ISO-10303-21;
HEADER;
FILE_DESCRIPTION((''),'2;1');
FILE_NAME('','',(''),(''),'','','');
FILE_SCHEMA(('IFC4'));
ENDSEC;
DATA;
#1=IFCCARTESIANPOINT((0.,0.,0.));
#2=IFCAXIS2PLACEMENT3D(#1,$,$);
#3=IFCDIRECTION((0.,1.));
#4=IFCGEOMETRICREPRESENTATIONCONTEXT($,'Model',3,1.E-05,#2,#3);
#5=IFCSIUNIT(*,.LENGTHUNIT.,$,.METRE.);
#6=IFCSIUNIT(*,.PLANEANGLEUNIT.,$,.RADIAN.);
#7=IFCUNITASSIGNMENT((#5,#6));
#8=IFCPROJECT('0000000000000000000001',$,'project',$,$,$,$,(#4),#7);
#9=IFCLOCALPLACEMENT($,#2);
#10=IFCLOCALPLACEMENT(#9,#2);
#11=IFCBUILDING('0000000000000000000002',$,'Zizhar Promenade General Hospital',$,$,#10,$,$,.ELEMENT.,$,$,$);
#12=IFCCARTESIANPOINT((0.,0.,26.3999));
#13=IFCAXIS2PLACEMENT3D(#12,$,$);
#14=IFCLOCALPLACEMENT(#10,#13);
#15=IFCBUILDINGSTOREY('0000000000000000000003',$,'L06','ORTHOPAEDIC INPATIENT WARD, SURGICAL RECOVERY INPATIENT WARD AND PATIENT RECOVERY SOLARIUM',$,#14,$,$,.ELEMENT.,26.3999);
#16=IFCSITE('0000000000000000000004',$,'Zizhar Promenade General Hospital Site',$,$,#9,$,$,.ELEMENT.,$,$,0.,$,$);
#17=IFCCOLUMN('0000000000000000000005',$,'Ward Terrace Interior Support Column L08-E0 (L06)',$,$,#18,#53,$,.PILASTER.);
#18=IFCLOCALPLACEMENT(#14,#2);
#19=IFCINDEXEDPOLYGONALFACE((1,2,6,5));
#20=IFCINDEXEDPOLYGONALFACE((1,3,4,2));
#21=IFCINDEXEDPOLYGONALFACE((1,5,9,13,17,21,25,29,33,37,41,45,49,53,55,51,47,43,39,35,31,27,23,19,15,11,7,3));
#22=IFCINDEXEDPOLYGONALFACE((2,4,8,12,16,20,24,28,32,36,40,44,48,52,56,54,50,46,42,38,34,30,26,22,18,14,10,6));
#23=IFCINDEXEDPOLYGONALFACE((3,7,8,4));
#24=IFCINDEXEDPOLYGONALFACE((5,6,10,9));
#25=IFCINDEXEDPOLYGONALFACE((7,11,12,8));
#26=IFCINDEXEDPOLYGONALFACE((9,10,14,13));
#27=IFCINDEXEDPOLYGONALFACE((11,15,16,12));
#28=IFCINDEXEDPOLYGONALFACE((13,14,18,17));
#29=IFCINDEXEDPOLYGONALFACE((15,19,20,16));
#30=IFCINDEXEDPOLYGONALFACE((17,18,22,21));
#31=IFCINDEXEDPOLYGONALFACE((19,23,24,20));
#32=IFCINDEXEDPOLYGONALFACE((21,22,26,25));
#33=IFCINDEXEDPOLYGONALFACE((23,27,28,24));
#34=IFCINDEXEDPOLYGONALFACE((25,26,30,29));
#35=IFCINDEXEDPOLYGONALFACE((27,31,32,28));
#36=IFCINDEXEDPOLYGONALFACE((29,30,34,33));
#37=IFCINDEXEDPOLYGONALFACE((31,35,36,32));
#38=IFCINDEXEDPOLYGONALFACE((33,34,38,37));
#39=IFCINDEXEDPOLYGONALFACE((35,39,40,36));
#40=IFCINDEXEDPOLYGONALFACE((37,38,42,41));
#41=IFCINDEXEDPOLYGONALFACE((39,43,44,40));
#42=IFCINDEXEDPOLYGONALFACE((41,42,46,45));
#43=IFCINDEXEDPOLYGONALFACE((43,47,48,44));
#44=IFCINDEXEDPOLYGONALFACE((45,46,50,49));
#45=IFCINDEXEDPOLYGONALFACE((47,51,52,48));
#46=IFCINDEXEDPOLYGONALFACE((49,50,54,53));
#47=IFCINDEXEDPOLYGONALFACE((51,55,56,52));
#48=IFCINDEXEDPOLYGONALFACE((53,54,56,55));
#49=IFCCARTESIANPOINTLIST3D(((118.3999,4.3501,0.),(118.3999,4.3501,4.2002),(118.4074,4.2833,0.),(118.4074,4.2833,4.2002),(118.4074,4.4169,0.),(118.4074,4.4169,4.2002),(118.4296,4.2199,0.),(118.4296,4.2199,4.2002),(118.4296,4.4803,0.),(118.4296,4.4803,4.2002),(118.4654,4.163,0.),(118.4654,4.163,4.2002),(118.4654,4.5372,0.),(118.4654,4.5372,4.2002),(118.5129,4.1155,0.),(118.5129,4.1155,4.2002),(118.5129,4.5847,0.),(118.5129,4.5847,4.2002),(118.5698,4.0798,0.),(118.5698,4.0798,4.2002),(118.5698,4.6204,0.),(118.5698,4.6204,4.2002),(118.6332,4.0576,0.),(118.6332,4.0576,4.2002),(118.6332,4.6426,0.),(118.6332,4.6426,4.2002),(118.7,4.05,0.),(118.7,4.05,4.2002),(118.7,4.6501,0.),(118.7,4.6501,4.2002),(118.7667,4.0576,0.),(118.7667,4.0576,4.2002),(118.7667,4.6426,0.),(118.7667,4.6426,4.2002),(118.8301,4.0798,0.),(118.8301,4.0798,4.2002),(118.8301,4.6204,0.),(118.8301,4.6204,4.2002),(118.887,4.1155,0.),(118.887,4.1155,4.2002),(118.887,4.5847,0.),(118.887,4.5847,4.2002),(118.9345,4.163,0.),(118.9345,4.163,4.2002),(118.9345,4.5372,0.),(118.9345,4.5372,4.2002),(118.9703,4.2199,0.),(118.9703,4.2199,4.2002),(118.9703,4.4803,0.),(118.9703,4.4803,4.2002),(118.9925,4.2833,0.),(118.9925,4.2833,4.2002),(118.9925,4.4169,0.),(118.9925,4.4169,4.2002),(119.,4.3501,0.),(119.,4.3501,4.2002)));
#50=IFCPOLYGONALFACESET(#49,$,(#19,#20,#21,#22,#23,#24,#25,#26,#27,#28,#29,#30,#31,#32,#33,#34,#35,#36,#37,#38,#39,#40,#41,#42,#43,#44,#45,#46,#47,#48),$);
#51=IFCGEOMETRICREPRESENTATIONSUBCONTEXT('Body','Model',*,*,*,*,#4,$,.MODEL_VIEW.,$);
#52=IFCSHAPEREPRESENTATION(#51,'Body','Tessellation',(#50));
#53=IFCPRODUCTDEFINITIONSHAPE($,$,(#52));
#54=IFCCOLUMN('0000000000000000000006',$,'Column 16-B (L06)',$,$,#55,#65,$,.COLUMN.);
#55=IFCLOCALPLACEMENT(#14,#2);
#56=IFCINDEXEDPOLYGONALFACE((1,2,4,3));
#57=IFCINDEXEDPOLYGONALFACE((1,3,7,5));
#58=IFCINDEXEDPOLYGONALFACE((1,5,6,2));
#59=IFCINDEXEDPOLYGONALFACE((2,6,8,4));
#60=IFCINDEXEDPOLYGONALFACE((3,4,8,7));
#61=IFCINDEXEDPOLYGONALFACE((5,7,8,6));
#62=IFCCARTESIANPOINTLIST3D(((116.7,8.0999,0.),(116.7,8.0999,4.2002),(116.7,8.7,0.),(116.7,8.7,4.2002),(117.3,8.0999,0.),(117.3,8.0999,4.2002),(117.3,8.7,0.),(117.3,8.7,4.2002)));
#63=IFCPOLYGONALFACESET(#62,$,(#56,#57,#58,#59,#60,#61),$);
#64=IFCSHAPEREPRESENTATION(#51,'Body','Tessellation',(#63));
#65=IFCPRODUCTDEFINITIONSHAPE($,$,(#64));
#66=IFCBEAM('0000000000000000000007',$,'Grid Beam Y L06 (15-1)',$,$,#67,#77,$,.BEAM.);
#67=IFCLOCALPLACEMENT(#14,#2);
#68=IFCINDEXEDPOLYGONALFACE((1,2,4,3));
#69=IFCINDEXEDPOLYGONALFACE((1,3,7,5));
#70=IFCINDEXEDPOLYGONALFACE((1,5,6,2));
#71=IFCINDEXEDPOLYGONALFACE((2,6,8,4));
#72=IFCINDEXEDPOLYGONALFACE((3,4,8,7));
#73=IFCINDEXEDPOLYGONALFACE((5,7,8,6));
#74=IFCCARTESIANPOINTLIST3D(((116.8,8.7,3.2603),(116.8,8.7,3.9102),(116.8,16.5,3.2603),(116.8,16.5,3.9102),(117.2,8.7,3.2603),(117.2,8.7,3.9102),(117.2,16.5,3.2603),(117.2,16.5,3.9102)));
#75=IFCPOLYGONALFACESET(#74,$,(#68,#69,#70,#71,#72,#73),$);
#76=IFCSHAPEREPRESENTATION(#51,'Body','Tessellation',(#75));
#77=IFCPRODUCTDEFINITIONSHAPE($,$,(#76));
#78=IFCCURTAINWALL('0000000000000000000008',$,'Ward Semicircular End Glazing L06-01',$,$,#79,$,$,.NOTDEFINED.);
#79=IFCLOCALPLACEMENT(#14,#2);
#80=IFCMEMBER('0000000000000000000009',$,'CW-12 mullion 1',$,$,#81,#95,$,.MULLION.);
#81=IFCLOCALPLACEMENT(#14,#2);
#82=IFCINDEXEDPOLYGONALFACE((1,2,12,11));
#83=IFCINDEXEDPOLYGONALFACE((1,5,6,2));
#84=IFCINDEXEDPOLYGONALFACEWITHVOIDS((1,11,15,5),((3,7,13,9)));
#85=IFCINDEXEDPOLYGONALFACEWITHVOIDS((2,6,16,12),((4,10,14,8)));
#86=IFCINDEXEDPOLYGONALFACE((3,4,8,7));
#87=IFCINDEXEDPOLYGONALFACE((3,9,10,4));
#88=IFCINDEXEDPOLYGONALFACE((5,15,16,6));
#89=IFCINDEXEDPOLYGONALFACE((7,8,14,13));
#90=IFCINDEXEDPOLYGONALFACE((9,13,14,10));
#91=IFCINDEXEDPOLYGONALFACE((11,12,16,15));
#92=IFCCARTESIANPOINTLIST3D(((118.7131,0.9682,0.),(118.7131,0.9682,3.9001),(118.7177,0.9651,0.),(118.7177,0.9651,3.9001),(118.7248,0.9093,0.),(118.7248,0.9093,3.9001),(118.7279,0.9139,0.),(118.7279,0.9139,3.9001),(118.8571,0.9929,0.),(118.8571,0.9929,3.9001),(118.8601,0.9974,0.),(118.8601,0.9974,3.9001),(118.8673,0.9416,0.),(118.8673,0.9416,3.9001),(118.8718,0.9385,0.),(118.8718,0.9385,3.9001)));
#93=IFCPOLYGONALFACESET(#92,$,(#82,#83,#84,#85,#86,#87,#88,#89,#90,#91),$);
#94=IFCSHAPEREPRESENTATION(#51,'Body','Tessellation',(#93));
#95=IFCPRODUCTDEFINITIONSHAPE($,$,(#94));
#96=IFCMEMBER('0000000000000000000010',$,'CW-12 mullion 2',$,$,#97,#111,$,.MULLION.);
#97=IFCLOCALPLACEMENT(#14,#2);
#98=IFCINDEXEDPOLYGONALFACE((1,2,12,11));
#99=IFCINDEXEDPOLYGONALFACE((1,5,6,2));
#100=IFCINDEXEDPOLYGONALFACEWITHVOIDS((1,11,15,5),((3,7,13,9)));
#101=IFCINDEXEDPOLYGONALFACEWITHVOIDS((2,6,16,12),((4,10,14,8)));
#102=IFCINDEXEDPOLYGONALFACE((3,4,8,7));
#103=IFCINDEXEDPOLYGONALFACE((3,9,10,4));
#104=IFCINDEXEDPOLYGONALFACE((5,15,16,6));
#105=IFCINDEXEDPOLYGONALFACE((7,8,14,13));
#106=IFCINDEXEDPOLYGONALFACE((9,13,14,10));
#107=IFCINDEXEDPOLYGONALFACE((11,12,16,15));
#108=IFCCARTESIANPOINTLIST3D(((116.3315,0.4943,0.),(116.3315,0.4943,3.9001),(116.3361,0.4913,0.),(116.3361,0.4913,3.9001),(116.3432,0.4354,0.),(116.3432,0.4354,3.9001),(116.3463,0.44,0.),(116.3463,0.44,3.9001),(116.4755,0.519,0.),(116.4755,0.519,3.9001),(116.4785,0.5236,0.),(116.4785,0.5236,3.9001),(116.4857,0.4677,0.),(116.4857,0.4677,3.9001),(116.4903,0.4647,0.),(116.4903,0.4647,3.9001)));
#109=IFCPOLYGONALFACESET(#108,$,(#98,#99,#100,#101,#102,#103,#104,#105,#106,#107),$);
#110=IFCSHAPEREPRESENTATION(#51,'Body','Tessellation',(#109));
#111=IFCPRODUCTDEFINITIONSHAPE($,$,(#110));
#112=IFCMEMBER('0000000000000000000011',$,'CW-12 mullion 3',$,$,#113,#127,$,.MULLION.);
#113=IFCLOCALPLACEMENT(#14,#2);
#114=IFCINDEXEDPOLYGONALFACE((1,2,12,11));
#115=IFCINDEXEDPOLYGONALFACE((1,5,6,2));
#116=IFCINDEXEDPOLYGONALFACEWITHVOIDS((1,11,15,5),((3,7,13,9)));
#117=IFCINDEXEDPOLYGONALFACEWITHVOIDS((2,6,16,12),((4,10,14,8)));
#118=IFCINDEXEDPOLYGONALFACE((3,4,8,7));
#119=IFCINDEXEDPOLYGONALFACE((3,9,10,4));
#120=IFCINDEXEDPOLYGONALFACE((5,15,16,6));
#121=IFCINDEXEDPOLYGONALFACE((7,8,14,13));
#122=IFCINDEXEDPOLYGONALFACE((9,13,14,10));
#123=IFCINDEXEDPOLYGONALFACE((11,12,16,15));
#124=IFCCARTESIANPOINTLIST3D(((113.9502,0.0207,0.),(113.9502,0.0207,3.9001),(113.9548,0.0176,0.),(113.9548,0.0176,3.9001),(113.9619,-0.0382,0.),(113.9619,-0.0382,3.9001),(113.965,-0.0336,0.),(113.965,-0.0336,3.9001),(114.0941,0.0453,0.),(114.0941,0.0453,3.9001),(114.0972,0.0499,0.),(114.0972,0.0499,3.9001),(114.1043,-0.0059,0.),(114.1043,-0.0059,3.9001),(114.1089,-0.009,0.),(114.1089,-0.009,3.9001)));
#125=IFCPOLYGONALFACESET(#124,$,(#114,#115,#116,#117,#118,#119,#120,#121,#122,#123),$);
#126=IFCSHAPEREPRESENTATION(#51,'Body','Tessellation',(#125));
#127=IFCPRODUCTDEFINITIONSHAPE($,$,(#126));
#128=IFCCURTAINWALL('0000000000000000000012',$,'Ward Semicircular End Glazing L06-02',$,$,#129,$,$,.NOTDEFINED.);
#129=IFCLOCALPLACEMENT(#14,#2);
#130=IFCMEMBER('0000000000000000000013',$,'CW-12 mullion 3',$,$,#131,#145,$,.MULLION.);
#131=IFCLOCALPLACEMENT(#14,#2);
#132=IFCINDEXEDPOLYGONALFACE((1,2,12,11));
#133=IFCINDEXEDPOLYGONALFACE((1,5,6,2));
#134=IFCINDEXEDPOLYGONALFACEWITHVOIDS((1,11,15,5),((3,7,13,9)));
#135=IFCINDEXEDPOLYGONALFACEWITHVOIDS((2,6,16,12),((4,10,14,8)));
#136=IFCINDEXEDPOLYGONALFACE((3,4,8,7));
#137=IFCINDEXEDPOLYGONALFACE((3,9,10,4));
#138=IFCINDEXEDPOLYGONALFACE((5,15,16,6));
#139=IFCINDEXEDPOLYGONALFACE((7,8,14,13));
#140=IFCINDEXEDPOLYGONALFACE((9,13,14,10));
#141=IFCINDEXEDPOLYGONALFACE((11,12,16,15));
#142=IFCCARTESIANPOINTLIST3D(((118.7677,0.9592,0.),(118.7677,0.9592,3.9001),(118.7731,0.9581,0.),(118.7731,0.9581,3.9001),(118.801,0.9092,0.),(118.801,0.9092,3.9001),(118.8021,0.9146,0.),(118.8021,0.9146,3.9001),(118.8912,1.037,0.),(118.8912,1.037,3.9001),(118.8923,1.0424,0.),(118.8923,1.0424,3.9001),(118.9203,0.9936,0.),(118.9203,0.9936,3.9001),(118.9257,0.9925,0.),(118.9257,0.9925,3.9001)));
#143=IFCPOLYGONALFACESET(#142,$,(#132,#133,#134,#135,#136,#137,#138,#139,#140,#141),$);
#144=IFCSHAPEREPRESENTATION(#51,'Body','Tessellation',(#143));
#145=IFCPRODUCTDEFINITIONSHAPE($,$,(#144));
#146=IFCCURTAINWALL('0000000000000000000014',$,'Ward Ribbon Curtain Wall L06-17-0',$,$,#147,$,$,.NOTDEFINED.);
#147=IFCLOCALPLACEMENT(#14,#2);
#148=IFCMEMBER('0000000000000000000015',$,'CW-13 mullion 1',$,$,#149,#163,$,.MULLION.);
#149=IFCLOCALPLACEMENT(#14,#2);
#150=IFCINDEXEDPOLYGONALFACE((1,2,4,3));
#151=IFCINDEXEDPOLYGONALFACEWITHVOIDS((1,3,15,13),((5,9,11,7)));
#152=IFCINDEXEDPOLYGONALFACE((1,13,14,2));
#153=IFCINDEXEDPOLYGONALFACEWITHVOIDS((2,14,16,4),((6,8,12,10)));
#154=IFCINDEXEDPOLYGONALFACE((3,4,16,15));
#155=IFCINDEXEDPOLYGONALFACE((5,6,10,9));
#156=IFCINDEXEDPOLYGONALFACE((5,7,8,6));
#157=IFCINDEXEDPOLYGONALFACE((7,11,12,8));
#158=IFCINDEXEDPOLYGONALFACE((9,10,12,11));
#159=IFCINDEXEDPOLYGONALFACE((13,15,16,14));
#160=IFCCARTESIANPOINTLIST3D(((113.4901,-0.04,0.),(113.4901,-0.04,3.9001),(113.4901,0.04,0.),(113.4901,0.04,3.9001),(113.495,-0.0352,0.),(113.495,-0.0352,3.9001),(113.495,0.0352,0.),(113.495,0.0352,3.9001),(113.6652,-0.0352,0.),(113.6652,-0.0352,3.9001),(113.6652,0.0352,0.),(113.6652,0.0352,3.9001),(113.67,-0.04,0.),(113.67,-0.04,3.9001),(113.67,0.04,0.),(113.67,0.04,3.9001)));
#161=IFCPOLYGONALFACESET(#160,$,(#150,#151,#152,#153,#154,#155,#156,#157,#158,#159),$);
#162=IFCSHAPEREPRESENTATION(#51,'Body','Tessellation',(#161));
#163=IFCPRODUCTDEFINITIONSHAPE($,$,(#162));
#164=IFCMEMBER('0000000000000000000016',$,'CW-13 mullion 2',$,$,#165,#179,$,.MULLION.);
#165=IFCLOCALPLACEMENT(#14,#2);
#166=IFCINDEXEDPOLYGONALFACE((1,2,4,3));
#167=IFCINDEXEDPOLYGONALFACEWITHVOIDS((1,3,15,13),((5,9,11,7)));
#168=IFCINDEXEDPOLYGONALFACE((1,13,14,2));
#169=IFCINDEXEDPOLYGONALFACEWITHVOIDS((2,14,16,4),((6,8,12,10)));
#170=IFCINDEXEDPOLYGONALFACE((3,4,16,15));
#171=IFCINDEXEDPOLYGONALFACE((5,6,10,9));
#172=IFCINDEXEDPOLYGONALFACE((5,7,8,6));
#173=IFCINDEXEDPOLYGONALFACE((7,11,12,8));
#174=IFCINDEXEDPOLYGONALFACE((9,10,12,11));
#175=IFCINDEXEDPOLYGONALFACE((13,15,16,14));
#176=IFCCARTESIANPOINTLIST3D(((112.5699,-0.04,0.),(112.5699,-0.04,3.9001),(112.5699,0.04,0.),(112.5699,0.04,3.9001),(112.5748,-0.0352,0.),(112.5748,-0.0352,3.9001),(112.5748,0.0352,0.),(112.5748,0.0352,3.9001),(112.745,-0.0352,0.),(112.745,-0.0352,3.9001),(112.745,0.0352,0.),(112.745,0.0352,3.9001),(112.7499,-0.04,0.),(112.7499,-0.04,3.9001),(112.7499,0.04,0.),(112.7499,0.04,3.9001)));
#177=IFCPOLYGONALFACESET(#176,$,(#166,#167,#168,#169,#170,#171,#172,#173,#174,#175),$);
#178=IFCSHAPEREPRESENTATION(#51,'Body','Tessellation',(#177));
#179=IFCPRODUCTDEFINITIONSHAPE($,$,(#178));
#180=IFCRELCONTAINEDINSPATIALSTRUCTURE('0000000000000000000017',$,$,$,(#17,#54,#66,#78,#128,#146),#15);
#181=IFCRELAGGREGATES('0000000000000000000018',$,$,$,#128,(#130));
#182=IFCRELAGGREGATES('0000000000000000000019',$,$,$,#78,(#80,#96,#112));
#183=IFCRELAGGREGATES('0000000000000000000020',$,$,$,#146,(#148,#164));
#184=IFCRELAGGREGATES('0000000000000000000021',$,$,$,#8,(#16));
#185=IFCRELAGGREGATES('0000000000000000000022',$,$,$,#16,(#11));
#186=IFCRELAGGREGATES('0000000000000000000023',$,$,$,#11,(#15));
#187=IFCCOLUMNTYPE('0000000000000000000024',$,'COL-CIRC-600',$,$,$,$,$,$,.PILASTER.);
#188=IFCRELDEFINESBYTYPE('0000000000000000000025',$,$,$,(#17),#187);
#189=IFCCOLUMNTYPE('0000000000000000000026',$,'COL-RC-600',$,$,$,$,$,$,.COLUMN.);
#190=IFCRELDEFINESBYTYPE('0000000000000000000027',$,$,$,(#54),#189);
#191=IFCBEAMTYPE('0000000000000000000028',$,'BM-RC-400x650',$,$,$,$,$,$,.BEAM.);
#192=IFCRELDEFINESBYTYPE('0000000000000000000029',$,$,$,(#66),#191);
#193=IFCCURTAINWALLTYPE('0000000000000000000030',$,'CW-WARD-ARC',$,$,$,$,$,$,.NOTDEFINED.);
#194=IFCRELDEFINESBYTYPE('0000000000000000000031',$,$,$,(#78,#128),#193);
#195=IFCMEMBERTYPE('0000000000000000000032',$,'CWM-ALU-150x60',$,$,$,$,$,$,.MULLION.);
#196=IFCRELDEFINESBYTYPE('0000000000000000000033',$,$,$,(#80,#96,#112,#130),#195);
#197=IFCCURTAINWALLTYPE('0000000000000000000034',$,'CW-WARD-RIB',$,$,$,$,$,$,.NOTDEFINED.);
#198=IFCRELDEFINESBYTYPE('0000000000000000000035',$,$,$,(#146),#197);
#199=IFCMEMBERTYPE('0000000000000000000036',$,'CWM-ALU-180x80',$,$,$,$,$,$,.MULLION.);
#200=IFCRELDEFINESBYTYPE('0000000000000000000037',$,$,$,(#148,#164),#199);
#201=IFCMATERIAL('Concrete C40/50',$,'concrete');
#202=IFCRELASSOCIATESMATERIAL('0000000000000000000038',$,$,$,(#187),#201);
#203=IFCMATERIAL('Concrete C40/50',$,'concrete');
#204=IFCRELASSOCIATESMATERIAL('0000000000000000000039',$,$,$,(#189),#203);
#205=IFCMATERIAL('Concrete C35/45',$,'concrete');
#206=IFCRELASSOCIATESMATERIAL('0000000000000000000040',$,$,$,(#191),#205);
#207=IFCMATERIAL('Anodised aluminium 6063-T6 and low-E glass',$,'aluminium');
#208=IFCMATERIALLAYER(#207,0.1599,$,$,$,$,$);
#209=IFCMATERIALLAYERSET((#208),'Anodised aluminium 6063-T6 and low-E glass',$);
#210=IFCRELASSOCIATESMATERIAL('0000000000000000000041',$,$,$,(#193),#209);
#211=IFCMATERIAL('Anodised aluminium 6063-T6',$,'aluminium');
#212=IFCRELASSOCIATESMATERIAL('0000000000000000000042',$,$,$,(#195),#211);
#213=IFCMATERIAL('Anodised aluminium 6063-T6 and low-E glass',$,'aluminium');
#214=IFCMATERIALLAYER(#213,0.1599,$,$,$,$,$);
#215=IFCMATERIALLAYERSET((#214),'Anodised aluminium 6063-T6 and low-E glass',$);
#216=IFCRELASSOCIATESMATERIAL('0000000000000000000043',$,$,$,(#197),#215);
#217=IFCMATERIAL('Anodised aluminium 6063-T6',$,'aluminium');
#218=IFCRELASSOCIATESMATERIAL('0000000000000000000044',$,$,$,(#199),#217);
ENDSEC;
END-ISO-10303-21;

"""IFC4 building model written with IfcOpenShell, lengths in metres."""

from ifc_helpers import new_model, si_unit, direction, frame, origin, origin_2d, place, context, subcontext, project, spatial, rectangle, hollow_rectangle, circle, extrude, material, layer, layer_set, material_profile, profile_set, type_object, element, aggregate, save


model = new_model("IFC4")

# Units and contexts
model_context = context("Model", 3, precision=1e-05, world=origin(), true_north=direction((0.0, 1.0)))
body_context = subcontext(model_context, "Body", "Model", "MODEL_VIEW")
ifc_project = project(units=[si_unit("LENGTHUNIT", "METRE"), si_unit("PLANEANGLEUNIT", "RADIAN")], contexts=[model_context])

# Site, building, storey
site_placement = place(None, origin())
site = spatial("IfcSite", under=ifc_project, at=site_placement, Name="Zizhar Promenade General Hospital Site", CompositionType="ELEMENT", RefElevation=0.0)
building_placement = place(site_placement, origin())
building = spatial("IfcBuilding", under=site, at=building_placement, Name="Zizhar Promenade General Hospital", CompositionType="ELEMENT")
storey_placement = place(building_placement, frame((0.0, 0.0, 26.3999)))
storey = spatial("IfcBuildingStorey", under=building, at=storey_placement, Name="L06", Description="ORTHOPAEDIC INPATIENT WARD, SURGICAL RECOVERY INPATIENT WARD AND PATIENT RECOVERY SOLARIUM", CompositionType="ELEMENT", Elevation=26.3999)

# Columns
ifc_material_1 = material(Name="Concrete C40/50", Category="concrete")
ifc_material_profile_1 = material_profile(ifc_material_1, circle(Radius=0.3, at=origin_2d()))
ifc_profile_set_1 = profile_set([ifc_material_profile_1], Name="Concrete C40/50")
column_type_1 = type_object("IfcColumnType", Name="COL-CIRC-600", PredefinedType="PILASTER", material=ifc_profile_set_1)
column_1_placement = place(storey_placement, frame((118.7, 4.3501, 0.0), z_axis=(0.0, 0.0, 1.0), x_axis=(1.0, 0.0, 0.0)))
element("IfcColumn", 1, at=column_1_placement, inside=storey, type_object=column_type_1, Name="Ward Terrace Interior Support Column L08-E0 (L06)", PredefinedType="PILASTER", context=body_context, shape_type="SweptSolid", body=[
    extrude(circle(Radius=0.3, at=origin_2d()), origin(), (0.0, 0.0, 1.0), 4.2002),
])
ifc_material_2 = material(Name="Concrete C40/50", Category="concrete")
ifc_material_profile_2 = material_profile(ifc_material_2, rectangle(XDim=0.6001, YDim=0.6001, at=origin_2d()))
ifc_profile_set_2 = profile_set([ifc_material_profile_2], Name="Concrete C40/50")
column_type_2 = type_object("IfcColumnType", Name="COL-RC-600", PredefinedType="COLUMN", material=ifc_profile_set_2)
column_2_placement = place(storey_placement, frame((117.0, 8.3999, 0.0), z_axis=(0.0, 0.0, 1.0), x_axis=(1.0, 0.0, 0.0)))
element("IfcColumn", 2, at=column_2_placement, inside=storey, type_object=column_type_2, Name="Column 16-B (L06)", PredefinedType="COLUMN", context=body_context, shape_type="SweptSolid", body=[
    extrude(rectangle(XDim=0.6001, YDim=0.6001, at=origin_2d()), origin(), (0.0, 0.0, 1.0), 4.2002),
])

# Beam
ifc_material_3 = material(Name="Concrete C35/45", Category="concrete")
ifc_material_profile_3 = material_profile(ifc_material_3, rectangle(XDim=0.3999, YDim=0.6499, at=origin_2d()))
ifc_profile_set_3 = profile_set([ifc_material_profile_3], Name="Concrete C35/45")
beam_type = type_object("IfcBeamType", Name="BM-RC-400x650", PredefinedType="BEAM", material=ifc_profile_set_3)
beam_placement = place(storey_placement, frame((117.0, 8.7, 3.5852), z_axis=(0.0, 1.0, 0.0), x_axis=(-1.0, 0.0, 0.0)))
element("IfcBeam", 3, at=beam_placement, inside=storey, type_object=beam_type, Name="Grid Beam Y L06 (15-1)", PredefinedType="BEAM", context=body_context, shape_type="SweptSolid", body=[
    extrude(rectangle(XDim=0.3999, YDim=0.6499, at=origin_2d()), origin(), (0.0, 0.0, 1.0), 7.8),
])

# Curtain wall, members
ifc_material_4 = material(Name="Anodised aluminium 6063-T6 and low-E glass", Category="aluminium")
ifc_layer_1 = layer(ifc_material_4, 0.1599)
ifc_layer_set_1 = layer_set([ifc_layer_1], Name="Anodised aluminium 6063-T6 and low-E glass")
curtain_wall_type_1 = type_object("IfcCurtainWallType", Name="CW-WARD-ARC", PredefinedType="NOTDEFINED", material=ifc_layer_set_1)
curtain_wall_1_placement = place(storey_placement, origin())
curtain_wall_1 = element("IfcCurtainWall", 4, at=curtain_wall_1_placement, inside=storey, type_object=curtain_wall_type_1, Name="Ward Semicircular End Glazing L06-01", PredefinedType="NOTDEFINED")
ifc_material_5 = material(Name="Anodised aluminium 6063-T6", Category="aluminium")
ifc_material_profile_4 = material_profile(ifc_material_5, hollow_rectangle(XDim=0.0601, YDim=0.1499, WallThickness=0.0039, at=origin_2d()))
ifc_profile_set_4 = profile_set([ifc_material_profile_4], Name="Anodised aluminium 6063-T6")
member_type_1 = type_object("IfcMemberType", Name="CWM-ALU-150x60", PredefinedType="MULLION", material=ifc_profile_set_4)
member_1_placement = place(storey_placement, frame((118.7925, 0.9534, 0.0), z_axis=(0.0, 0.0, 1.0), x_axis=(0.195087, -0.980786, 0.0)))
member_1 = element("IfcMember", 5, at=member_1_placement, type_object=member_type_1, Name="CW-12 mullion 1", PredefinedType="MULLION", context=body_context, shape_type="SweptSolid", body=[
    extrude(hollow_rectangle(XDim=0.0601, YDim=0.1499, WallThickness=0.0039, at=origin_2d()), origin(), (0.0, 0.0, 1.0), 3.9001),
])
member_2_placement = place(storey_placement, frame((116.4109, 0.4795, 0.0), z_axis=(0.0, 0.0, 1.0), x_axis=(0.195087, -0.980786, 0.0)))
member_2 = element("IfcMember", 6, at=member_2_placement, type_object=member_type_1, Name="CW-12 mullion 2", PredefinedType="MULLION", context=body_context, shape_type="SweptSolid", body=[
    extrude(hollow_rectangle(XDim=0.0601, YDim=0.1499, WallThickness=0.0039, at=origin_2d()), origin(), (0.0, 0.0, 1.0), 3.9001),
])
member_3_placement = place(storey_placement, frame((114.0295, 0.0059, 0.0), z_axis=(0.0, 0.0, 1.0), x_axis=(0.195087, -0.980786, 0.0)))
member_3 = element("IfcMember", 7, at=member_3_placement, type_object=member_type_1, Name="CW-12 mullion 3", PredefinedType="MULLION", context=body_context, shape_type="SweptSolid", body=[
    extrude(hollow_rectangle(XDim=0.0601, YDim=0.1499, WallThickness=0.0039, at=origin_2d()), origin(), (0.0, 0.0, 1.0), 3.9001),
])

# Curtain wall, member
curtain_wall_2_placement = place(storey_placement, origin())
curtain_wall_2 = element("IfcCurtainWall", 8, at=curtain_wall_2_placement, inside=storey, type_object=curtain_wall_type_1, Name="Ward Semicircular End Glazing L06-02", PredefinedType="NOTDEFINED")
member_4_placement = place(storey_placement, frame((118.8467, 0.9758, 0.0), z_axis=(0.0, 0.0, 1.0), x_axis=(0.555582, -0.831462, 0.0)))
member_4 = element("IfcMember", 9, at=member_4_placement, type_object=member_type_1, Name="CW-12 mullion 3", PredefinedType="MULLION", context=body_context, shape_type="SweptSolid", body=[
    extrude(hollow_rectangle(XDim=0.0601, YDim=0.1499, WallThickness=0.0039, at=origin_2d()), origin(), (0.0, 0.0, 1.0), 3.9001),
])
aggregate(curtain_wall_2, [member_4])

# Curtain wall, members
ifc_material_6 = material(Name="Anodised aluminium 6063-T6 and low-E glass", Category="aluminium")
ifc_layer_2 = layer(ifc_material_6, 0.1599)
ifc_layer_set_2 = layer_set([ifc_layer_2], Name="Anodised aluminium 6063-T6 and low-E glass")
curtain_wall_type_2 = type_object("IfcCurtainWallType", Name="CW-WARD-RIB", PredefinedType="NOTDEFINED", material=ifc_layer_set_2)
curtain_wall_3_placement = place(storey_placement, origin())
curtain_wall_3 = element("IfcCurtainWall", 10, at=curtain_wall_3_placement, inside=storey, type_object=curtain_wall_type_2, Name="Ward Ribbon Curtain Wall L06-17-0", PredefinedType="NOTDEFINED")
ifc_material_7 = material(Name="Anodised aluminium 6063-T6", Category="aluminium")
ifc_material_profile_5 = material_profile(ifc_material_7, hollow_rectangle(XDim=0.0801, YDim=0.1799, WallThickness=0.0049, at=origin_2d()))
ifc_profile_set_5 = profile_set([ifc_material_profile_5], Name="Anodised aluminium 6063-T6")
member_type_2 = type_object("IfcMemberType", Name="CWM-ALU-180x80", PredefinedType="MULLION", material=ifc_profile_set_5)
member_5_placement = place(storey_placement, frame((113.5801, 0.0, 0.0), z_axis=(0.0, 0.0, 1.0), x_axis=(0.0, -1.0, 0.0)))
member_5 = element("IfcMember", 11, at=member_5_placement, type_object=member_type_2, Name="CW-13 mullion 1", PredefinedType="MULLION", context=body_context, shape_type="SweptSolid", body=[
    extrude(hollow_rectangle(XDim=0.0801, YDim=0.1799, WallThickness=0.0049, at=origin_2d()), origin(), (0.0, 0.0, 1.0), 3.9001),
])
member_6_placement = place(storey_placement, frame((112.6599, 0.0, 0.0), z_axis=(0.0, 0.0, 1.0), x_axis=(0.0, -1.0, 0.0)))
member_6 = element("IfcMember", 12, at=member_6_placement, type_object=member_type_2, Name="CW-13 mullion 2", PredefinedType="MULLION", context=body_context, shape_type="SweptSolid", body=[
    extrude(hollow_rectangle(XDim=0.0801, YDim=0.1799, WallThickness=0.0049, at=origin_2d()), origin(), (0.0, 0.0, 1.0), 3.9001),
])

aggregate(curtain_wall_1, [member_1, member_2, member_3])
aggregate(curtain_wall_3, [member_5, member_6])

save(model, "model.ifc")
